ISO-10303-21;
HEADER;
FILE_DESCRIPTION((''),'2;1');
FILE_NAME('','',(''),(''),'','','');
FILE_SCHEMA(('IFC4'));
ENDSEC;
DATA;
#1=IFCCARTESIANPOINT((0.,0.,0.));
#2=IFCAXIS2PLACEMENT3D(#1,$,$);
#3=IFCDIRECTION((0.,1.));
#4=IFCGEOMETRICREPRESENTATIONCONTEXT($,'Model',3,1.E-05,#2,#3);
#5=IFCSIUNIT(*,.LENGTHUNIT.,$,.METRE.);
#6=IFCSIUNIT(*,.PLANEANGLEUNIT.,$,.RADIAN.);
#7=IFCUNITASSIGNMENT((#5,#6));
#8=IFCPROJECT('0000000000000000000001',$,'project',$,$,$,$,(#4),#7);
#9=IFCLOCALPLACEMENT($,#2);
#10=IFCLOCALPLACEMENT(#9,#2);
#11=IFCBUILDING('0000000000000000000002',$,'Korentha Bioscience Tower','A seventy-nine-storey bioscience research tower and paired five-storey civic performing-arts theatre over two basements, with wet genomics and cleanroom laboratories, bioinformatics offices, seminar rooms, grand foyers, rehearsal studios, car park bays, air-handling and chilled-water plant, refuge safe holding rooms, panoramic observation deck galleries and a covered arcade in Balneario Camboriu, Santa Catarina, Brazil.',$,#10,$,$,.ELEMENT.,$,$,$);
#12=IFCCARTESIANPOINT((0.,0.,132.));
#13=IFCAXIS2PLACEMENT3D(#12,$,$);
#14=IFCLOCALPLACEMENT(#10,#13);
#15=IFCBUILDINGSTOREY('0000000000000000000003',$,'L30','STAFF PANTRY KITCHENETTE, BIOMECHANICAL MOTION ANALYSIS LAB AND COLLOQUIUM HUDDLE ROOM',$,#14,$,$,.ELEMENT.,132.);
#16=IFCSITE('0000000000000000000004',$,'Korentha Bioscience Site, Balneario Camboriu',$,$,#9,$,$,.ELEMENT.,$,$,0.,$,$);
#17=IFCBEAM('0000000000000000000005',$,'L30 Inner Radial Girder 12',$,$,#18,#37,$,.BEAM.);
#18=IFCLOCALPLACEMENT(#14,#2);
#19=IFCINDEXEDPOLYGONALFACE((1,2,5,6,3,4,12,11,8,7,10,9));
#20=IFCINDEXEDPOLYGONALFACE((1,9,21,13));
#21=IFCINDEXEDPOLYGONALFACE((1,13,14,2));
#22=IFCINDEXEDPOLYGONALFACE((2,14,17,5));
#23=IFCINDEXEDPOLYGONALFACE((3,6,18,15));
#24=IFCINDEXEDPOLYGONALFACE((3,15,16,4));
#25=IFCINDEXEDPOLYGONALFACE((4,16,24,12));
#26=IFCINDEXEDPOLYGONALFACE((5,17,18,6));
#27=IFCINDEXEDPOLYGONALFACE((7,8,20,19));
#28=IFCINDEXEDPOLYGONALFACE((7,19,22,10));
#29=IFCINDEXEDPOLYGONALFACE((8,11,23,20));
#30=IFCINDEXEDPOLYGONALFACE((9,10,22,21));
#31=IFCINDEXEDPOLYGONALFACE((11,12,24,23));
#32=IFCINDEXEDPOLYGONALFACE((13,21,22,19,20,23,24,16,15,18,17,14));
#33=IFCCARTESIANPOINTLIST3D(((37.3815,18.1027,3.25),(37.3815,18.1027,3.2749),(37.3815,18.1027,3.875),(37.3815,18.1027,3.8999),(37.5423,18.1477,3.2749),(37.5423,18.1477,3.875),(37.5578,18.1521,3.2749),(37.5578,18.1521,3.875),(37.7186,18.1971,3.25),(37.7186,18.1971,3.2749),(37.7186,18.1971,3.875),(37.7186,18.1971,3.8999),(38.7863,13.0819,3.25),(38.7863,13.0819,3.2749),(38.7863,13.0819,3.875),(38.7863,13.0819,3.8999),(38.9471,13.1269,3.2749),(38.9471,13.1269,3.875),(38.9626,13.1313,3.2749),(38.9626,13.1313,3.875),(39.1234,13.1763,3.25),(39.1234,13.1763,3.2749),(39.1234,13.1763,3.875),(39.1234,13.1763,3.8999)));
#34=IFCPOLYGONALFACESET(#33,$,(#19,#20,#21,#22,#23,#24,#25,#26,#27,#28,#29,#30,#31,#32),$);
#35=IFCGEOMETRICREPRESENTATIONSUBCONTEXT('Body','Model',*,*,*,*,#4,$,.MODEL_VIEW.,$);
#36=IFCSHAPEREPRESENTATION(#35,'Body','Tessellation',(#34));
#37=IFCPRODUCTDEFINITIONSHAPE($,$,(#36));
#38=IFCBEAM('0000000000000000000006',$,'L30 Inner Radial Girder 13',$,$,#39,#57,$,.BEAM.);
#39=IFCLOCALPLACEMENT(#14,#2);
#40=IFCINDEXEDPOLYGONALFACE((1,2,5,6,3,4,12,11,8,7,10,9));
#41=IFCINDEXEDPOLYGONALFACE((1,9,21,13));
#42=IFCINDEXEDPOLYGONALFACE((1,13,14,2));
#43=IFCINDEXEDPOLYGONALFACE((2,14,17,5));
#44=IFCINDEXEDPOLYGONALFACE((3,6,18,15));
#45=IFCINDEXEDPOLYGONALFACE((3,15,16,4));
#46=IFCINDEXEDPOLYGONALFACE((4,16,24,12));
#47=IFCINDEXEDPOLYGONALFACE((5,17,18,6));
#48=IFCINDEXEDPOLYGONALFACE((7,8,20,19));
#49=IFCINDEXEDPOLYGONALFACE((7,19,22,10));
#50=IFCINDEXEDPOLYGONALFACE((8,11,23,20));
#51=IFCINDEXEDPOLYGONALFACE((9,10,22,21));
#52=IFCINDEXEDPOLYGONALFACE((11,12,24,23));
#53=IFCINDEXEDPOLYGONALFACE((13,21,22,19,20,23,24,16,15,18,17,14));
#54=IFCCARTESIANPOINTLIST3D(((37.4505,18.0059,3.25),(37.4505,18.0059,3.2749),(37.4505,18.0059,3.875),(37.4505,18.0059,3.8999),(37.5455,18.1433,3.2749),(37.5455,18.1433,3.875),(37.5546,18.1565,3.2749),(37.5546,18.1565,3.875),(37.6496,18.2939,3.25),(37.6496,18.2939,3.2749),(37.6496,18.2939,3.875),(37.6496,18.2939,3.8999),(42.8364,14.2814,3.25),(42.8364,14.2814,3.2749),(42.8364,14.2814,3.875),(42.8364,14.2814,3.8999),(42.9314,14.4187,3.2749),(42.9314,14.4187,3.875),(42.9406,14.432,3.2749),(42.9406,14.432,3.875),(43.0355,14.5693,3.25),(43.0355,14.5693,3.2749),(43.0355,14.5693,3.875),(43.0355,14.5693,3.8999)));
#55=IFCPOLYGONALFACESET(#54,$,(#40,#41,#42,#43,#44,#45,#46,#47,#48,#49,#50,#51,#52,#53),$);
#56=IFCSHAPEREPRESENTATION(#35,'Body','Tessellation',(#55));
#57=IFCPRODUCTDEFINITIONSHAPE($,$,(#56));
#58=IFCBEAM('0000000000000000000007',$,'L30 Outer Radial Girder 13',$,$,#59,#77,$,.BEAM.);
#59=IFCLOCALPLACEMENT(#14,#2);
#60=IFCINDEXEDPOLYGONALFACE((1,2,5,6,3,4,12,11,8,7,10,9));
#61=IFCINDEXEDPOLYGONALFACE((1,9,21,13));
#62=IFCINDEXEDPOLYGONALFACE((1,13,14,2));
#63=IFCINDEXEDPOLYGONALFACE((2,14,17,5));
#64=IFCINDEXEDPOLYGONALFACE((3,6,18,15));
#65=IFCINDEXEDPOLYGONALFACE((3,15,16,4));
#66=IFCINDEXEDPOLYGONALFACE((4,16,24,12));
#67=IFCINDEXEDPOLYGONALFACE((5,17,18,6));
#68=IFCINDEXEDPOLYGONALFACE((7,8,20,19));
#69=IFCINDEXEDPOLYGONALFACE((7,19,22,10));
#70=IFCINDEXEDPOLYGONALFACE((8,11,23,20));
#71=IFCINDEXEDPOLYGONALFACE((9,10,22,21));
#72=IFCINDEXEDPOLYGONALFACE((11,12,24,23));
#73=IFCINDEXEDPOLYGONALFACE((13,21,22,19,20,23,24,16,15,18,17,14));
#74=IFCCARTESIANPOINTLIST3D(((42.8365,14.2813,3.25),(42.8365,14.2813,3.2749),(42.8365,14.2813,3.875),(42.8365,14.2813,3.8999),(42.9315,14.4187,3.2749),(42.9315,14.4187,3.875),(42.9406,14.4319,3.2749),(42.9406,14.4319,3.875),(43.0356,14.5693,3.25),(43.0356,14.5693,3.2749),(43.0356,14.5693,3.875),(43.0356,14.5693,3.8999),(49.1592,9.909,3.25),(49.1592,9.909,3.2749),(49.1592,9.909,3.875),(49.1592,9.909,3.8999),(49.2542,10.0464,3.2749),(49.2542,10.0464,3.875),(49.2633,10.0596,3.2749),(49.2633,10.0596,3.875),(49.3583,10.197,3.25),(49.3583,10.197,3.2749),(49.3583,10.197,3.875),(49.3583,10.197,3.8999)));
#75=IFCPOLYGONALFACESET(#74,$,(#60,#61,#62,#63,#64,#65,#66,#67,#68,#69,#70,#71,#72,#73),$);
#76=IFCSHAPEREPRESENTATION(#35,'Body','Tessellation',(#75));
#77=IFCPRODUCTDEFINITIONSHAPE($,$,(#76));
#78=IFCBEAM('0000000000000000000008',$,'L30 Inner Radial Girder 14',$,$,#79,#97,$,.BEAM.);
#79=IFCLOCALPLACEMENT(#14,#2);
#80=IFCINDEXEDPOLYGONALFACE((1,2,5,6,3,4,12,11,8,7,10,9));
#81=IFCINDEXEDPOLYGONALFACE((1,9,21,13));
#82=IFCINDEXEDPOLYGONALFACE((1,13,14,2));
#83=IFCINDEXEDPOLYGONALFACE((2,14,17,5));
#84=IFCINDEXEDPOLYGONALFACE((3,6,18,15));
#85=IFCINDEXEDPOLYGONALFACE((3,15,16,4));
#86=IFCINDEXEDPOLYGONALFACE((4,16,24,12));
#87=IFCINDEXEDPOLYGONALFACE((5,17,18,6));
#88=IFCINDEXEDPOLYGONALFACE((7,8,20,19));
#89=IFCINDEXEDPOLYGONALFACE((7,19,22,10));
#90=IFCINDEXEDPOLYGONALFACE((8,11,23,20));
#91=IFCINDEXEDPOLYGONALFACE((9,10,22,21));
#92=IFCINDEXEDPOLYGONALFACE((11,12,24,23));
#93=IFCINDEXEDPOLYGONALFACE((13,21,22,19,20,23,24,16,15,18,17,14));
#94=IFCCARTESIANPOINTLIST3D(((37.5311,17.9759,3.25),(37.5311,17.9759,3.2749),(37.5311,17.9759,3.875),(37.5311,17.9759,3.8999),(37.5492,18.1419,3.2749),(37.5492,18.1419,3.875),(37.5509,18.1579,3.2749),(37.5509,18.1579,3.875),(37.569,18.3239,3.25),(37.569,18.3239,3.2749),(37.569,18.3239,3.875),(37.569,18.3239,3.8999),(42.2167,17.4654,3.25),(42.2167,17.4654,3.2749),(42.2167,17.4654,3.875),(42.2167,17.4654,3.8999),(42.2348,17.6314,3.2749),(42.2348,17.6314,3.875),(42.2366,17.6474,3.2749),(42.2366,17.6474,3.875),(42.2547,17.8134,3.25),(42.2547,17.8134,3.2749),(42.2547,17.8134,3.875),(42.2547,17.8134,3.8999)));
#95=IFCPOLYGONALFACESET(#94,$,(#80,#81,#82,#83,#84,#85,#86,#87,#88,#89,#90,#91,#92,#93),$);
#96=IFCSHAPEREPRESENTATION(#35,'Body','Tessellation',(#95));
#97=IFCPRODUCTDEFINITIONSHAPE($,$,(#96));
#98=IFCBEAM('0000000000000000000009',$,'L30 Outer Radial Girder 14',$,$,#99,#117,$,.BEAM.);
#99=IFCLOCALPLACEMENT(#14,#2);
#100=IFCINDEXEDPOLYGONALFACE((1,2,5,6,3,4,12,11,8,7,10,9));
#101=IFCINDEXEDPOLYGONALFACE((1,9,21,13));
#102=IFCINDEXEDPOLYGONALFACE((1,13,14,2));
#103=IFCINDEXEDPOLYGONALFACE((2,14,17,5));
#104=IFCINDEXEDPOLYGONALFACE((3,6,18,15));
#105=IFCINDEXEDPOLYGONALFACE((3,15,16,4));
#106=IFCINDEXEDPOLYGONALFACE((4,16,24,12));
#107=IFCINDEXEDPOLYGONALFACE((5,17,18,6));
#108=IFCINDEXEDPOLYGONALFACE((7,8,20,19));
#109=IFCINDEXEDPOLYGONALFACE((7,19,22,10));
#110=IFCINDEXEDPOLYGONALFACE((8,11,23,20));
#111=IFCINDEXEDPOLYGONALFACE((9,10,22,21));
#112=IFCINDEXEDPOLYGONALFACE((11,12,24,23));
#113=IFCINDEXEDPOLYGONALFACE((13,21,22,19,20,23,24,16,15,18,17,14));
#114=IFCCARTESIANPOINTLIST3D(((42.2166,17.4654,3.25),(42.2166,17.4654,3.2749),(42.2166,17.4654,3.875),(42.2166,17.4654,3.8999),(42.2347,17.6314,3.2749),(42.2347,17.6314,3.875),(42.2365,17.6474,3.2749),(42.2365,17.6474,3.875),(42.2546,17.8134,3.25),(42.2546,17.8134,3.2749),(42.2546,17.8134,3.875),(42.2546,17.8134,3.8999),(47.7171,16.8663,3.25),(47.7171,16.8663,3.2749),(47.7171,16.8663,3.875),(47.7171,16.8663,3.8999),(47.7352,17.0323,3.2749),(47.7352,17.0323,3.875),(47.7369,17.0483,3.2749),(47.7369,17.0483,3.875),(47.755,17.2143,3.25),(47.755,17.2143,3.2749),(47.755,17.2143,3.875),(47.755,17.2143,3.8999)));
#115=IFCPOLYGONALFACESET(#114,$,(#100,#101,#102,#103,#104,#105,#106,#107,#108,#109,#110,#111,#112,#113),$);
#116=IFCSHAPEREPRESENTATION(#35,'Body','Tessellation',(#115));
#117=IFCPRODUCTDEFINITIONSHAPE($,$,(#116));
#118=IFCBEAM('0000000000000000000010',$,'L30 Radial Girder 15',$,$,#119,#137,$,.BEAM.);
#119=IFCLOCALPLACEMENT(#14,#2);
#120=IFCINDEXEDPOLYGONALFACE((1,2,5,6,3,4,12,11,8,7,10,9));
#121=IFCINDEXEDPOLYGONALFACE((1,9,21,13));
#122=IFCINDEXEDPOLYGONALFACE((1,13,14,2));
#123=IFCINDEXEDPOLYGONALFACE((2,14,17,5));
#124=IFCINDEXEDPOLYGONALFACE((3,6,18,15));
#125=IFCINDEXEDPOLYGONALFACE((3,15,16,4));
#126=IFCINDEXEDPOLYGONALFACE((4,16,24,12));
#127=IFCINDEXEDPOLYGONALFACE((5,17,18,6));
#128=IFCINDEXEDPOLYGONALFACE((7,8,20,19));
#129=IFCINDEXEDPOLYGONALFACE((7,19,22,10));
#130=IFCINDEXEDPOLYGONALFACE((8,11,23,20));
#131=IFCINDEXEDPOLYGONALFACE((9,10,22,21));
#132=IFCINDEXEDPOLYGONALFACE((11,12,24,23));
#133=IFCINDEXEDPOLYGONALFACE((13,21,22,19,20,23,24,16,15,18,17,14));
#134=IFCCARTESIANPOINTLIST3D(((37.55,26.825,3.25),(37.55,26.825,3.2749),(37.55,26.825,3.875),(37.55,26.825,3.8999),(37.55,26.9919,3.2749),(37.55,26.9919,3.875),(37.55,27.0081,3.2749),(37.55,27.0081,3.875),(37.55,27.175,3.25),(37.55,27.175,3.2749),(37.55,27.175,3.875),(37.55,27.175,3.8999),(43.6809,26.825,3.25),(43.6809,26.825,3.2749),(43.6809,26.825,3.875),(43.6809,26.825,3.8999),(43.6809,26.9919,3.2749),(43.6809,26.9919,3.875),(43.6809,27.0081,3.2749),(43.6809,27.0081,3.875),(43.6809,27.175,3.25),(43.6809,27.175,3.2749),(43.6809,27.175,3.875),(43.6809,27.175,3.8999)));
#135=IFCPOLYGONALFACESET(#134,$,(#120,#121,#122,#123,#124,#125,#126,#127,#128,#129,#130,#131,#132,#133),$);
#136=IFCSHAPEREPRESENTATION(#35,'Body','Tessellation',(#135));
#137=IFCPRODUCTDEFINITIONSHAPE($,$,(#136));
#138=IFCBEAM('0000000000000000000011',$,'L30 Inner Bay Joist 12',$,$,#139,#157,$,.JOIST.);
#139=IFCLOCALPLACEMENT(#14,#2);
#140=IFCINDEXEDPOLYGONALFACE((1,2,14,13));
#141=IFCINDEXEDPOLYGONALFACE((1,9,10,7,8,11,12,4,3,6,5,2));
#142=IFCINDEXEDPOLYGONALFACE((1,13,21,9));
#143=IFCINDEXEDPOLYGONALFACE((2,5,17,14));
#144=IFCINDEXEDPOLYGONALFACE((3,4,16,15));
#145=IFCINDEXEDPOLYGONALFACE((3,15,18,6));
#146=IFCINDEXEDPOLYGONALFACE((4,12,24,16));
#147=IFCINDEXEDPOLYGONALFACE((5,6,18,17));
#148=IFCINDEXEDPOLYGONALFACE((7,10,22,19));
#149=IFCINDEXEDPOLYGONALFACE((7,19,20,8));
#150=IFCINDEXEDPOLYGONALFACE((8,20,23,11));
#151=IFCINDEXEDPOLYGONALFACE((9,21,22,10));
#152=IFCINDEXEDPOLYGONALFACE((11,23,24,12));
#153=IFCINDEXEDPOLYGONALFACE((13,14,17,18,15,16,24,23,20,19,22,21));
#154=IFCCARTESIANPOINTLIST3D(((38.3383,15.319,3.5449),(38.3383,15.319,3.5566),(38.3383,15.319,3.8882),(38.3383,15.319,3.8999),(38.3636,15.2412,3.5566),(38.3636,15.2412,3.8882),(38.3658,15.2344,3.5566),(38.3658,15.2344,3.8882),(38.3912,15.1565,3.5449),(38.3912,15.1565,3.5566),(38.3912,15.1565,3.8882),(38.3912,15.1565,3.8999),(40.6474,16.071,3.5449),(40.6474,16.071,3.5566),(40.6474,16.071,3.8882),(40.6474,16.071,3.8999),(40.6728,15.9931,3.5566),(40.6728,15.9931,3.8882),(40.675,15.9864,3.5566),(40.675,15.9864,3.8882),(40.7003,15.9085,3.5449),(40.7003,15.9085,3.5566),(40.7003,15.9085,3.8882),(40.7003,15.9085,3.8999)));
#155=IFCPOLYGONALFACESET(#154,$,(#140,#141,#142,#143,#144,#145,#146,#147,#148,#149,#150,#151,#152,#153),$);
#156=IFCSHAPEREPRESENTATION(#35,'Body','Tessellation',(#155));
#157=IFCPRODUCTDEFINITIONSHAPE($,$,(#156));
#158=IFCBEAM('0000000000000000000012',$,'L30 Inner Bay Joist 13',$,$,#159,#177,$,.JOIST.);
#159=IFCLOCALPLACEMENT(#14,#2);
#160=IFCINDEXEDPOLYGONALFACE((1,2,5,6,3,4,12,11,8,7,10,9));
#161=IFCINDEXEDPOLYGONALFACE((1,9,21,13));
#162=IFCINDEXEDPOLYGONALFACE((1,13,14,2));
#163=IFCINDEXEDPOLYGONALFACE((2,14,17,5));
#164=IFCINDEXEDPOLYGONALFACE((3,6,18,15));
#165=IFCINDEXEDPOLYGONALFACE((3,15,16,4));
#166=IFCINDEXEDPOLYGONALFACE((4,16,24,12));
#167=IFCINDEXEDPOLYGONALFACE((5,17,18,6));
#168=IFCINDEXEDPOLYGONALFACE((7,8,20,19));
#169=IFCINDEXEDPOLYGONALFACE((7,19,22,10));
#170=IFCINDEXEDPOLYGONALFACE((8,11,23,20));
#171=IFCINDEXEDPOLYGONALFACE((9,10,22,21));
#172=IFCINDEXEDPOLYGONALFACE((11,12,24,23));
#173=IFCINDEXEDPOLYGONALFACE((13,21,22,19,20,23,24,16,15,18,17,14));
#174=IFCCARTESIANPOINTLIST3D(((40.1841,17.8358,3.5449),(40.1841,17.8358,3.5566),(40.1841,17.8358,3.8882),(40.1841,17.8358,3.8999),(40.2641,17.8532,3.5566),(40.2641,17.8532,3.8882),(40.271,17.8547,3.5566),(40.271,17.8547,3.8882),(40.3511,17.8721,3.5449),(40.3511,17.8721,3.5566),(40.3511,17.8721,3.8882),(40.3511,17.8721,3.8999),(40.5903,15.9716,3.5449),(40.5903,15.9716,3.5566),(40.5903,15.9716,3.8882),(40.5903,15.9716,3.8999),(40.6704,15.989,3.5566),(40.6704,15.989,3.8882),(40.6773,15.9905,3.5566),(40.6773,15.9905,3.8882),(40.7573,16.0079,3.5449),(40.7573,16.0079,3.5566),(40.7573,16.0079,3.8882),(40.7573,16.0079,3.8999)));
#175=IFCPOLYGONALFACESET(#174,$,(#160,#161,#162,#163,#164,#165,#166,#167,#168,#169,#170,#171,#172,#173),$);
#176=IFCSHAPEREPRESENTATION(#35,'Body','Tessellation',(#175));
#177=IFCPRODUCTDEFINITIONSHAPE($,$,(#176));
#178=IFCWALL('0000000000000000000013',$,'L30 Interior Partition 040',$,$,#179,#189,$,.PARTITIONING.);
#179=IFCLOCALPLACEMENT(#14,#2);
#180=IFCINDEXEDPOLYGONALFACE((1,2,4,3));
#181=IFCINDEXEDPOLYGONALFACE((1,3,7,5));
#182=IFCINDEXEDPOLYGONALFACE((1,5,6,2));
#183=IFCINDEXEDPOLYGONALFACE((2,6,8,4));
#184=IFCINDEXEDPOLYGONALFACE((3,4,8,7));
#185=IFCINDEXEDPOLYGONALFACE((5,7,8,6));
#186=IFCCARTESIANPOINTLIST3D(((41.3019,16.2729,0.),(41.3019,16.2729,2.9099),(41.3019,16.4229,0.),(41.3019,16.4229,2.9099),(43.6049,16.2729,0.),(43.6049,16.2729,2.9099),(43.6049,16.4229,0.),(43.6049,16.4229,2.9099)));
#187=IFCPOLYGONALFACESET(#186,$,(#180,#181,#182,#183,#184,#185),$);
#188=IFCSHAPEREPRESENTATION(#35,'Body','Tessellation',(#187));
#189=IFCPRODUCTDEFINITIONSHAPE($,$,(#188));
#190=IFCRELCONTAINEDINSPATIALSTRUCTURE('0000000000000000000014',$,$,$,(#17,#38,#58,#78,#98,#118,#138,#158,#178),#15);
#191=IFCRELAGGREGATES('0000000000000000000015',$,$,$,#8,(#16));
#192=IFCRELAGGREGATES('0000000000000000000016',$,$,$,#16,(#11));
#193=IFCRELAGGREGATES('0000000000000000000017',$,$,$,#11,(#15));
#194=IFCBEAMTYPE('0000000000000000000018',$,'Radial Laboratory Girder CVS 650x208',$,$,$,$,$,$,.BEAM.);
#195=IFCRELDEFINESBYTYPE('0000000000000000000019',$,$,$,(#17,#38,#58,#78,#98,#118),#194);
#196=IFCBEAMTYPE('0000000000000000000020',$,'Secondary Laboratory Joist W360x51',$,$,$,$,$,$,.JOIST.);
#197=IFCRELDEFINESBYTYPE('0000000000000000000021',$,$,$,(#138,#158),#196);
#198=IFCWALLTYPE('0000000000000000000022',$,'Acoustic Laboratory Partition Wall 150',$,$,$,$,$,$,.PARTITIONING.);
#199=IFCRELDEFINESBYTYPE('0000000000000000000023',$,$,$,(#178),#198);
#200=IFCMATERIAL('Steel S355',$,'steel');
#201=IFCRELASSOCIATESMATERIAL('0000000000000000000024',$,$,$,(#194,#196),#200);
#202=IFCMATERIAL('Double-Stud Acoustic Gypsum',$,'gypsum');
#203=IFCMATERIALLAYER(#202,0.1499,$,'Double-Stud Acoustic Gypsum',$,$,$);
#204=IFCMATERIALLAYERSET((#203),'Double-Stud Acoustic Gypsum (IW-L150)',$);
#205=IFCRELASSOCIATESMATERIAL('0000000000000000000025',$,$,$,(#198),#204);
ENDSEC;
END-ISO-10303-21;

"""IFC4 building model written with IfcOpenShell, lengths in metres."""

from ifc_helpers import new_model, si_unit, direction, frame, frame_2d, origin, origin_2d, place, context, subcontext, project, spatial, rectangle, i_section, extrude, material, layer, layer_set, material_profile, profile_set, type_object, element, save


model = new_model("IFC4")

# Units and contexts
model_context = context("Model", 3, precision=1e-05, world=origin(), true_north=direction((0.0, 1.0)))
body_context = subcontext(model_context, "Body", "Model", "MODEL_VIEW")
ifc_project = project(units=[si_unit("LENGTHUNIT", "METRE"), si_unit("PLANEANGLEUNIT", "RADIAN")], contexts=[model_context])

# Site, building, storey
site_placement = place(None, origin())
site = spatial("IfcSite", under=ifc_project, at=site_placement, Name="Korentha Bioscience Site, Balneario Camboriu", CompositionType="ELEMENT", RefElevation=0.0)
building_placement = place(site_placement, origin())
building = spatial("IfcBuilding", under=site, at=building_placement, Name="Korentha Bioscience Tower", Description="A seventy-nine-storey bioscience research tower and paired five-storey civic performing-arts theatre over two basements, with wet genomics and cleanroom laboratories, bioinformatics offices, seminar rooms, grand foyers, rehearsal studios, car park bays, air-handling and chilled-water plant, refuge safe holding rooms, panoramic observation deck galleries and a covered arcade in Balneario Camboriu, Santa Catarina, Brazil.", CompositionType="ELEMENT")
storey_placement = place(building_placement, frame((0.0, 0.0, 132.0)))
storey = spatial("IfcBuildingStorey", under=building, at=storey_placement, Name="L30", Description="STAFF PANTRY KITCHENETTE, BIOMECHANICAL MOTION ANALYSIS LAB AND COLLOQUIUM HUDDLE ROOM", CompositionType="ELEMENT", Elevation=132.0)

# Beams
ifc_material_1 = material(Name="Steel S355", Category="steel")
ifc_material_profile_1 = material_profile(ifc_material_1, i_section(OverallWidth=0.3501, OverallDepth=0.6499, WebThickness=0.0161, FlangeThickness=0.0249, at=origin_2d()), Name="Steel S355")
ifc_profile_set_1 = profile_set([ifc_material_profile_1], Name="Steel S355 (RB-650)")
beam_type_1 = type_object("IfcBeamType", Name="Radial Laboratory Girder CVS 650x208", PredefinedType="BEAM", material=ifc_profile_set_1)
beam_1_placement = place(storey_placement, frame((37.55, 18.1499, 3.575), z_axis=(0.269448, -0.963015, 0.0), x_axis=(0.963015, 0.269448, 0.0)))
element("IfcBeam", 1, at=beam_1_placement, inside=storey, type_object=beam_type_1, Name="L30 Inner Radial Girder 12", PredefinedType="BEAM", context=body_context, shape_type="SweptSolid", body=[
    extrude(i_section(OverallWidth=0.3501, OverallDepth=0.6499, WebThickness=0.0161, FlangeThickness=0.0249, at=origin_2d()), origin(), (0.0, 0.0, 1.0), 5.2136),
])
beam_2_placement = place(storey_placement, frame((37.55, 18.1499, 3.575), z_axis=(0.822489, -0.568781, 0.0), x_axis=(0.568781, 0.822489, 0.0)))
element("IfcBeam", 2, at=beam_2_placement, inside=storey, type_object=beam_type_1, Name="L30 Inner Radial Girder 13", PredefinedType="BEAM", context=body_context, shape_type="SweptSolid", body=[
    extrude(i_section(OverallWidth=0.3501, OverallDepth=0.6499, WebThickness=0.0161, FlangeThickness=0.0249, at=origin_2d()), origin(), (0.0, 0.0, 1.0), 6.5483),
])
beam_3_placement = place(storey_placement, frame((42.936, 14.4253, 3.575), z_axis=(0.822495, -0.568772, 0.0), x_axis=(0.568772, 0.822495, 0.0)))
element("IfcBeam", 3, at=beam_3_placement, inside=storey, type_object=beam_type_1, Name="L30 Outer Radial Girder 13", PredefinedType="BEAM", context=body_context, shape_type="SweptSolid", body=[
    extrude(i_section(OverallWidth=0.3501, OverallDepth=0.6499, WebThickness=0.0161, FlangeThickness=0.0249, at=origin_2d()), origin(), (0.0, 0.0, 1.0), 7.6873),
])
beam_4_placement = place(storey_placement, frame((37.55, 18.1499, 3.575), z_axis=(0.994117, -0.108311, 0.0), x_axis=(0.108311, 0.994117, 0.0)))
element("IfcBeam", 4, at=beam_4_placement, inside=storey, type_object=beam_type_1, Name="L30 Inner Radial Girder 14", PredefinedType="BEAM", context=body_context, shape_type="SweptSolid", body=[
    extrude(i_section(OverallWidth=0.3501, OverallDepth=0.6499, WebThickness=0.0161, FlangeThickness=0.0249, at=origin_2d()), origin(), (0.0, 0.0, 1.0), 4.7134),
])
beam_5_placement = place(storey_placement, frame((42.2356, 17.6394, 3.575), z_axis=(0.99412, -0.108281, 0.0), x_axis=(0.108281, 0.99412, 0.0)))
element("IfcBeam", 5, at=beam_5_placement, inside=storey, type_object=beam_type_1, Name="L30 Outer Radial Girder 14", PredefinedType="BEAM", context=body_context, shape_type="SweptSolid", body=[
    extrude(i_section(OverallWidth=0.3501, OverallDepth=0.6499, WebThickness=0.0161, FlangeThickness=0.0249, at=origin_2d()), origin(), (0.0, 0.0, 1.0), 5.533),
])
beam_6_placement = place(storey_placement, frame((37.55, 27.0, 3.575), z_axis=(1.0, 0.0, 0.0), x_axis=(0.0, 1.0, 0.0)))
element("IfcBeam", 6, at=beam_6_placement, inside=storey, type_object=beam_type_1, Name="L30 Radial Girder 15", PredefinedType="BEAM", context=body_context, shape_type="SweptSolid", body=[
    extrude(i_section(OverallWidth=0.3501, OverallDepth=0.6499, WebThickness=0.0161, FlangeThickness=0.0249, at=origin_2d()), origin(), (0.0, 0.0, 1.0), 6.1309),
])
ifc_material_profile_2 = material_profile(ifc_material_1, i_section(OverallWidth=0.1709, OverallDepth=0.355, WebThickness=0.0071, FlangeThickness=0.0117, at=origin_2d()), Name="Steel S355")
ifc_profile_set_2 = profile_set([ifc_material_profile_2], Name="Steel S355 (JB-360)")
beam_type_2 = type_object("IfcBeamType", Name="Secondary Laboratory Joist W360x51", PredefinedType="JOIST", material=ifc_profile_set_2)
beam_7_placement = place(storey_placement, frame((38.3647, 15.2378, 3.7224), z_axis=(0.950852, 0.309645, 0.0), x_axis=(-0.309645, 0.950852, 0.0)))
element("IfcBeam", 7, at=beam_7_placement, inside=storey, type_object=beam_type_2, Name="L30 Inner Bay Joist 12", PredefinedType="JOIST", context=body_context, shape_type="SweptSolid", body=[
    extrude(i_section(OverallWidth=0.1709, OverallDepth=0.355, WebThickness=0.0071, FlangeThickness=0.0117, at=origin_2d()), origin(), (0.0, 0.0, 1.0), 2.4285),
])
beam_8_placement = place(storey_placement, frame((40.6738, 15.9897, 3.7224), z_axis=(-0.212918, 0.97707, 0.0), x_axis=(-0.97707, -0.212918, 0.0)))
element("IfcBeam", 8, at=beam_8_placement, inside=storey, type_object=beam_type_2, Name="L30 Inner Bay Joist 13", PredefinedType="JOIST", context=body_context, shape_type="SweptSolid", body=[
    extrude(i_section(OverallWidth=0.1709, OverallDepth=0.355, WebThickness=0.0071, FlangeThickness=0.0117, at=origin_2d()), origin(), (0.0, 0.0, 1.0), 1.908),
])

# Wall
ifc_material_2 = material(Name="Double-Stud Acoustic Gypsum", Category="gypsum")
ifc_layer_1 = layer(ifc_material_2, 0.1499, Name="Double-Stud Acoustic Gypsum")
ifc_layer_set_1 = layer_set([ifc_layer_1], Name="Double-Stud Acoustic Gypsum (IW-L150)")
wall_type_1 = type_object("IfcWallType", Name="Acoustic Laboratory Partition Wall 150", PredefinedType="PARTITIONING", material=ifc_layer_set_1)
wall_1_placement = place(storey_placement, frame((41.302, 16.3479, 0.0), z_axis=(0.0, 0.0, 1.0), x_axis=(1.0, 0.0, 0.0)))
element("IfcWall", 9, at=wall_1_placement, inside=storey, type_object=wall_type_1, Name="L30 Interior Partition 040", PredefinedType="PARTITIONING", context=body_context, shape_type="SweptSolid", body=[
    extrude(rectangle(XDim=2.303, YDim=0.1499, at=frame_2d((1.1514, 0.0))), origin(), (0.0, 0.0, 1.0), 2.9099),
])

save(model, "model.ifc")
